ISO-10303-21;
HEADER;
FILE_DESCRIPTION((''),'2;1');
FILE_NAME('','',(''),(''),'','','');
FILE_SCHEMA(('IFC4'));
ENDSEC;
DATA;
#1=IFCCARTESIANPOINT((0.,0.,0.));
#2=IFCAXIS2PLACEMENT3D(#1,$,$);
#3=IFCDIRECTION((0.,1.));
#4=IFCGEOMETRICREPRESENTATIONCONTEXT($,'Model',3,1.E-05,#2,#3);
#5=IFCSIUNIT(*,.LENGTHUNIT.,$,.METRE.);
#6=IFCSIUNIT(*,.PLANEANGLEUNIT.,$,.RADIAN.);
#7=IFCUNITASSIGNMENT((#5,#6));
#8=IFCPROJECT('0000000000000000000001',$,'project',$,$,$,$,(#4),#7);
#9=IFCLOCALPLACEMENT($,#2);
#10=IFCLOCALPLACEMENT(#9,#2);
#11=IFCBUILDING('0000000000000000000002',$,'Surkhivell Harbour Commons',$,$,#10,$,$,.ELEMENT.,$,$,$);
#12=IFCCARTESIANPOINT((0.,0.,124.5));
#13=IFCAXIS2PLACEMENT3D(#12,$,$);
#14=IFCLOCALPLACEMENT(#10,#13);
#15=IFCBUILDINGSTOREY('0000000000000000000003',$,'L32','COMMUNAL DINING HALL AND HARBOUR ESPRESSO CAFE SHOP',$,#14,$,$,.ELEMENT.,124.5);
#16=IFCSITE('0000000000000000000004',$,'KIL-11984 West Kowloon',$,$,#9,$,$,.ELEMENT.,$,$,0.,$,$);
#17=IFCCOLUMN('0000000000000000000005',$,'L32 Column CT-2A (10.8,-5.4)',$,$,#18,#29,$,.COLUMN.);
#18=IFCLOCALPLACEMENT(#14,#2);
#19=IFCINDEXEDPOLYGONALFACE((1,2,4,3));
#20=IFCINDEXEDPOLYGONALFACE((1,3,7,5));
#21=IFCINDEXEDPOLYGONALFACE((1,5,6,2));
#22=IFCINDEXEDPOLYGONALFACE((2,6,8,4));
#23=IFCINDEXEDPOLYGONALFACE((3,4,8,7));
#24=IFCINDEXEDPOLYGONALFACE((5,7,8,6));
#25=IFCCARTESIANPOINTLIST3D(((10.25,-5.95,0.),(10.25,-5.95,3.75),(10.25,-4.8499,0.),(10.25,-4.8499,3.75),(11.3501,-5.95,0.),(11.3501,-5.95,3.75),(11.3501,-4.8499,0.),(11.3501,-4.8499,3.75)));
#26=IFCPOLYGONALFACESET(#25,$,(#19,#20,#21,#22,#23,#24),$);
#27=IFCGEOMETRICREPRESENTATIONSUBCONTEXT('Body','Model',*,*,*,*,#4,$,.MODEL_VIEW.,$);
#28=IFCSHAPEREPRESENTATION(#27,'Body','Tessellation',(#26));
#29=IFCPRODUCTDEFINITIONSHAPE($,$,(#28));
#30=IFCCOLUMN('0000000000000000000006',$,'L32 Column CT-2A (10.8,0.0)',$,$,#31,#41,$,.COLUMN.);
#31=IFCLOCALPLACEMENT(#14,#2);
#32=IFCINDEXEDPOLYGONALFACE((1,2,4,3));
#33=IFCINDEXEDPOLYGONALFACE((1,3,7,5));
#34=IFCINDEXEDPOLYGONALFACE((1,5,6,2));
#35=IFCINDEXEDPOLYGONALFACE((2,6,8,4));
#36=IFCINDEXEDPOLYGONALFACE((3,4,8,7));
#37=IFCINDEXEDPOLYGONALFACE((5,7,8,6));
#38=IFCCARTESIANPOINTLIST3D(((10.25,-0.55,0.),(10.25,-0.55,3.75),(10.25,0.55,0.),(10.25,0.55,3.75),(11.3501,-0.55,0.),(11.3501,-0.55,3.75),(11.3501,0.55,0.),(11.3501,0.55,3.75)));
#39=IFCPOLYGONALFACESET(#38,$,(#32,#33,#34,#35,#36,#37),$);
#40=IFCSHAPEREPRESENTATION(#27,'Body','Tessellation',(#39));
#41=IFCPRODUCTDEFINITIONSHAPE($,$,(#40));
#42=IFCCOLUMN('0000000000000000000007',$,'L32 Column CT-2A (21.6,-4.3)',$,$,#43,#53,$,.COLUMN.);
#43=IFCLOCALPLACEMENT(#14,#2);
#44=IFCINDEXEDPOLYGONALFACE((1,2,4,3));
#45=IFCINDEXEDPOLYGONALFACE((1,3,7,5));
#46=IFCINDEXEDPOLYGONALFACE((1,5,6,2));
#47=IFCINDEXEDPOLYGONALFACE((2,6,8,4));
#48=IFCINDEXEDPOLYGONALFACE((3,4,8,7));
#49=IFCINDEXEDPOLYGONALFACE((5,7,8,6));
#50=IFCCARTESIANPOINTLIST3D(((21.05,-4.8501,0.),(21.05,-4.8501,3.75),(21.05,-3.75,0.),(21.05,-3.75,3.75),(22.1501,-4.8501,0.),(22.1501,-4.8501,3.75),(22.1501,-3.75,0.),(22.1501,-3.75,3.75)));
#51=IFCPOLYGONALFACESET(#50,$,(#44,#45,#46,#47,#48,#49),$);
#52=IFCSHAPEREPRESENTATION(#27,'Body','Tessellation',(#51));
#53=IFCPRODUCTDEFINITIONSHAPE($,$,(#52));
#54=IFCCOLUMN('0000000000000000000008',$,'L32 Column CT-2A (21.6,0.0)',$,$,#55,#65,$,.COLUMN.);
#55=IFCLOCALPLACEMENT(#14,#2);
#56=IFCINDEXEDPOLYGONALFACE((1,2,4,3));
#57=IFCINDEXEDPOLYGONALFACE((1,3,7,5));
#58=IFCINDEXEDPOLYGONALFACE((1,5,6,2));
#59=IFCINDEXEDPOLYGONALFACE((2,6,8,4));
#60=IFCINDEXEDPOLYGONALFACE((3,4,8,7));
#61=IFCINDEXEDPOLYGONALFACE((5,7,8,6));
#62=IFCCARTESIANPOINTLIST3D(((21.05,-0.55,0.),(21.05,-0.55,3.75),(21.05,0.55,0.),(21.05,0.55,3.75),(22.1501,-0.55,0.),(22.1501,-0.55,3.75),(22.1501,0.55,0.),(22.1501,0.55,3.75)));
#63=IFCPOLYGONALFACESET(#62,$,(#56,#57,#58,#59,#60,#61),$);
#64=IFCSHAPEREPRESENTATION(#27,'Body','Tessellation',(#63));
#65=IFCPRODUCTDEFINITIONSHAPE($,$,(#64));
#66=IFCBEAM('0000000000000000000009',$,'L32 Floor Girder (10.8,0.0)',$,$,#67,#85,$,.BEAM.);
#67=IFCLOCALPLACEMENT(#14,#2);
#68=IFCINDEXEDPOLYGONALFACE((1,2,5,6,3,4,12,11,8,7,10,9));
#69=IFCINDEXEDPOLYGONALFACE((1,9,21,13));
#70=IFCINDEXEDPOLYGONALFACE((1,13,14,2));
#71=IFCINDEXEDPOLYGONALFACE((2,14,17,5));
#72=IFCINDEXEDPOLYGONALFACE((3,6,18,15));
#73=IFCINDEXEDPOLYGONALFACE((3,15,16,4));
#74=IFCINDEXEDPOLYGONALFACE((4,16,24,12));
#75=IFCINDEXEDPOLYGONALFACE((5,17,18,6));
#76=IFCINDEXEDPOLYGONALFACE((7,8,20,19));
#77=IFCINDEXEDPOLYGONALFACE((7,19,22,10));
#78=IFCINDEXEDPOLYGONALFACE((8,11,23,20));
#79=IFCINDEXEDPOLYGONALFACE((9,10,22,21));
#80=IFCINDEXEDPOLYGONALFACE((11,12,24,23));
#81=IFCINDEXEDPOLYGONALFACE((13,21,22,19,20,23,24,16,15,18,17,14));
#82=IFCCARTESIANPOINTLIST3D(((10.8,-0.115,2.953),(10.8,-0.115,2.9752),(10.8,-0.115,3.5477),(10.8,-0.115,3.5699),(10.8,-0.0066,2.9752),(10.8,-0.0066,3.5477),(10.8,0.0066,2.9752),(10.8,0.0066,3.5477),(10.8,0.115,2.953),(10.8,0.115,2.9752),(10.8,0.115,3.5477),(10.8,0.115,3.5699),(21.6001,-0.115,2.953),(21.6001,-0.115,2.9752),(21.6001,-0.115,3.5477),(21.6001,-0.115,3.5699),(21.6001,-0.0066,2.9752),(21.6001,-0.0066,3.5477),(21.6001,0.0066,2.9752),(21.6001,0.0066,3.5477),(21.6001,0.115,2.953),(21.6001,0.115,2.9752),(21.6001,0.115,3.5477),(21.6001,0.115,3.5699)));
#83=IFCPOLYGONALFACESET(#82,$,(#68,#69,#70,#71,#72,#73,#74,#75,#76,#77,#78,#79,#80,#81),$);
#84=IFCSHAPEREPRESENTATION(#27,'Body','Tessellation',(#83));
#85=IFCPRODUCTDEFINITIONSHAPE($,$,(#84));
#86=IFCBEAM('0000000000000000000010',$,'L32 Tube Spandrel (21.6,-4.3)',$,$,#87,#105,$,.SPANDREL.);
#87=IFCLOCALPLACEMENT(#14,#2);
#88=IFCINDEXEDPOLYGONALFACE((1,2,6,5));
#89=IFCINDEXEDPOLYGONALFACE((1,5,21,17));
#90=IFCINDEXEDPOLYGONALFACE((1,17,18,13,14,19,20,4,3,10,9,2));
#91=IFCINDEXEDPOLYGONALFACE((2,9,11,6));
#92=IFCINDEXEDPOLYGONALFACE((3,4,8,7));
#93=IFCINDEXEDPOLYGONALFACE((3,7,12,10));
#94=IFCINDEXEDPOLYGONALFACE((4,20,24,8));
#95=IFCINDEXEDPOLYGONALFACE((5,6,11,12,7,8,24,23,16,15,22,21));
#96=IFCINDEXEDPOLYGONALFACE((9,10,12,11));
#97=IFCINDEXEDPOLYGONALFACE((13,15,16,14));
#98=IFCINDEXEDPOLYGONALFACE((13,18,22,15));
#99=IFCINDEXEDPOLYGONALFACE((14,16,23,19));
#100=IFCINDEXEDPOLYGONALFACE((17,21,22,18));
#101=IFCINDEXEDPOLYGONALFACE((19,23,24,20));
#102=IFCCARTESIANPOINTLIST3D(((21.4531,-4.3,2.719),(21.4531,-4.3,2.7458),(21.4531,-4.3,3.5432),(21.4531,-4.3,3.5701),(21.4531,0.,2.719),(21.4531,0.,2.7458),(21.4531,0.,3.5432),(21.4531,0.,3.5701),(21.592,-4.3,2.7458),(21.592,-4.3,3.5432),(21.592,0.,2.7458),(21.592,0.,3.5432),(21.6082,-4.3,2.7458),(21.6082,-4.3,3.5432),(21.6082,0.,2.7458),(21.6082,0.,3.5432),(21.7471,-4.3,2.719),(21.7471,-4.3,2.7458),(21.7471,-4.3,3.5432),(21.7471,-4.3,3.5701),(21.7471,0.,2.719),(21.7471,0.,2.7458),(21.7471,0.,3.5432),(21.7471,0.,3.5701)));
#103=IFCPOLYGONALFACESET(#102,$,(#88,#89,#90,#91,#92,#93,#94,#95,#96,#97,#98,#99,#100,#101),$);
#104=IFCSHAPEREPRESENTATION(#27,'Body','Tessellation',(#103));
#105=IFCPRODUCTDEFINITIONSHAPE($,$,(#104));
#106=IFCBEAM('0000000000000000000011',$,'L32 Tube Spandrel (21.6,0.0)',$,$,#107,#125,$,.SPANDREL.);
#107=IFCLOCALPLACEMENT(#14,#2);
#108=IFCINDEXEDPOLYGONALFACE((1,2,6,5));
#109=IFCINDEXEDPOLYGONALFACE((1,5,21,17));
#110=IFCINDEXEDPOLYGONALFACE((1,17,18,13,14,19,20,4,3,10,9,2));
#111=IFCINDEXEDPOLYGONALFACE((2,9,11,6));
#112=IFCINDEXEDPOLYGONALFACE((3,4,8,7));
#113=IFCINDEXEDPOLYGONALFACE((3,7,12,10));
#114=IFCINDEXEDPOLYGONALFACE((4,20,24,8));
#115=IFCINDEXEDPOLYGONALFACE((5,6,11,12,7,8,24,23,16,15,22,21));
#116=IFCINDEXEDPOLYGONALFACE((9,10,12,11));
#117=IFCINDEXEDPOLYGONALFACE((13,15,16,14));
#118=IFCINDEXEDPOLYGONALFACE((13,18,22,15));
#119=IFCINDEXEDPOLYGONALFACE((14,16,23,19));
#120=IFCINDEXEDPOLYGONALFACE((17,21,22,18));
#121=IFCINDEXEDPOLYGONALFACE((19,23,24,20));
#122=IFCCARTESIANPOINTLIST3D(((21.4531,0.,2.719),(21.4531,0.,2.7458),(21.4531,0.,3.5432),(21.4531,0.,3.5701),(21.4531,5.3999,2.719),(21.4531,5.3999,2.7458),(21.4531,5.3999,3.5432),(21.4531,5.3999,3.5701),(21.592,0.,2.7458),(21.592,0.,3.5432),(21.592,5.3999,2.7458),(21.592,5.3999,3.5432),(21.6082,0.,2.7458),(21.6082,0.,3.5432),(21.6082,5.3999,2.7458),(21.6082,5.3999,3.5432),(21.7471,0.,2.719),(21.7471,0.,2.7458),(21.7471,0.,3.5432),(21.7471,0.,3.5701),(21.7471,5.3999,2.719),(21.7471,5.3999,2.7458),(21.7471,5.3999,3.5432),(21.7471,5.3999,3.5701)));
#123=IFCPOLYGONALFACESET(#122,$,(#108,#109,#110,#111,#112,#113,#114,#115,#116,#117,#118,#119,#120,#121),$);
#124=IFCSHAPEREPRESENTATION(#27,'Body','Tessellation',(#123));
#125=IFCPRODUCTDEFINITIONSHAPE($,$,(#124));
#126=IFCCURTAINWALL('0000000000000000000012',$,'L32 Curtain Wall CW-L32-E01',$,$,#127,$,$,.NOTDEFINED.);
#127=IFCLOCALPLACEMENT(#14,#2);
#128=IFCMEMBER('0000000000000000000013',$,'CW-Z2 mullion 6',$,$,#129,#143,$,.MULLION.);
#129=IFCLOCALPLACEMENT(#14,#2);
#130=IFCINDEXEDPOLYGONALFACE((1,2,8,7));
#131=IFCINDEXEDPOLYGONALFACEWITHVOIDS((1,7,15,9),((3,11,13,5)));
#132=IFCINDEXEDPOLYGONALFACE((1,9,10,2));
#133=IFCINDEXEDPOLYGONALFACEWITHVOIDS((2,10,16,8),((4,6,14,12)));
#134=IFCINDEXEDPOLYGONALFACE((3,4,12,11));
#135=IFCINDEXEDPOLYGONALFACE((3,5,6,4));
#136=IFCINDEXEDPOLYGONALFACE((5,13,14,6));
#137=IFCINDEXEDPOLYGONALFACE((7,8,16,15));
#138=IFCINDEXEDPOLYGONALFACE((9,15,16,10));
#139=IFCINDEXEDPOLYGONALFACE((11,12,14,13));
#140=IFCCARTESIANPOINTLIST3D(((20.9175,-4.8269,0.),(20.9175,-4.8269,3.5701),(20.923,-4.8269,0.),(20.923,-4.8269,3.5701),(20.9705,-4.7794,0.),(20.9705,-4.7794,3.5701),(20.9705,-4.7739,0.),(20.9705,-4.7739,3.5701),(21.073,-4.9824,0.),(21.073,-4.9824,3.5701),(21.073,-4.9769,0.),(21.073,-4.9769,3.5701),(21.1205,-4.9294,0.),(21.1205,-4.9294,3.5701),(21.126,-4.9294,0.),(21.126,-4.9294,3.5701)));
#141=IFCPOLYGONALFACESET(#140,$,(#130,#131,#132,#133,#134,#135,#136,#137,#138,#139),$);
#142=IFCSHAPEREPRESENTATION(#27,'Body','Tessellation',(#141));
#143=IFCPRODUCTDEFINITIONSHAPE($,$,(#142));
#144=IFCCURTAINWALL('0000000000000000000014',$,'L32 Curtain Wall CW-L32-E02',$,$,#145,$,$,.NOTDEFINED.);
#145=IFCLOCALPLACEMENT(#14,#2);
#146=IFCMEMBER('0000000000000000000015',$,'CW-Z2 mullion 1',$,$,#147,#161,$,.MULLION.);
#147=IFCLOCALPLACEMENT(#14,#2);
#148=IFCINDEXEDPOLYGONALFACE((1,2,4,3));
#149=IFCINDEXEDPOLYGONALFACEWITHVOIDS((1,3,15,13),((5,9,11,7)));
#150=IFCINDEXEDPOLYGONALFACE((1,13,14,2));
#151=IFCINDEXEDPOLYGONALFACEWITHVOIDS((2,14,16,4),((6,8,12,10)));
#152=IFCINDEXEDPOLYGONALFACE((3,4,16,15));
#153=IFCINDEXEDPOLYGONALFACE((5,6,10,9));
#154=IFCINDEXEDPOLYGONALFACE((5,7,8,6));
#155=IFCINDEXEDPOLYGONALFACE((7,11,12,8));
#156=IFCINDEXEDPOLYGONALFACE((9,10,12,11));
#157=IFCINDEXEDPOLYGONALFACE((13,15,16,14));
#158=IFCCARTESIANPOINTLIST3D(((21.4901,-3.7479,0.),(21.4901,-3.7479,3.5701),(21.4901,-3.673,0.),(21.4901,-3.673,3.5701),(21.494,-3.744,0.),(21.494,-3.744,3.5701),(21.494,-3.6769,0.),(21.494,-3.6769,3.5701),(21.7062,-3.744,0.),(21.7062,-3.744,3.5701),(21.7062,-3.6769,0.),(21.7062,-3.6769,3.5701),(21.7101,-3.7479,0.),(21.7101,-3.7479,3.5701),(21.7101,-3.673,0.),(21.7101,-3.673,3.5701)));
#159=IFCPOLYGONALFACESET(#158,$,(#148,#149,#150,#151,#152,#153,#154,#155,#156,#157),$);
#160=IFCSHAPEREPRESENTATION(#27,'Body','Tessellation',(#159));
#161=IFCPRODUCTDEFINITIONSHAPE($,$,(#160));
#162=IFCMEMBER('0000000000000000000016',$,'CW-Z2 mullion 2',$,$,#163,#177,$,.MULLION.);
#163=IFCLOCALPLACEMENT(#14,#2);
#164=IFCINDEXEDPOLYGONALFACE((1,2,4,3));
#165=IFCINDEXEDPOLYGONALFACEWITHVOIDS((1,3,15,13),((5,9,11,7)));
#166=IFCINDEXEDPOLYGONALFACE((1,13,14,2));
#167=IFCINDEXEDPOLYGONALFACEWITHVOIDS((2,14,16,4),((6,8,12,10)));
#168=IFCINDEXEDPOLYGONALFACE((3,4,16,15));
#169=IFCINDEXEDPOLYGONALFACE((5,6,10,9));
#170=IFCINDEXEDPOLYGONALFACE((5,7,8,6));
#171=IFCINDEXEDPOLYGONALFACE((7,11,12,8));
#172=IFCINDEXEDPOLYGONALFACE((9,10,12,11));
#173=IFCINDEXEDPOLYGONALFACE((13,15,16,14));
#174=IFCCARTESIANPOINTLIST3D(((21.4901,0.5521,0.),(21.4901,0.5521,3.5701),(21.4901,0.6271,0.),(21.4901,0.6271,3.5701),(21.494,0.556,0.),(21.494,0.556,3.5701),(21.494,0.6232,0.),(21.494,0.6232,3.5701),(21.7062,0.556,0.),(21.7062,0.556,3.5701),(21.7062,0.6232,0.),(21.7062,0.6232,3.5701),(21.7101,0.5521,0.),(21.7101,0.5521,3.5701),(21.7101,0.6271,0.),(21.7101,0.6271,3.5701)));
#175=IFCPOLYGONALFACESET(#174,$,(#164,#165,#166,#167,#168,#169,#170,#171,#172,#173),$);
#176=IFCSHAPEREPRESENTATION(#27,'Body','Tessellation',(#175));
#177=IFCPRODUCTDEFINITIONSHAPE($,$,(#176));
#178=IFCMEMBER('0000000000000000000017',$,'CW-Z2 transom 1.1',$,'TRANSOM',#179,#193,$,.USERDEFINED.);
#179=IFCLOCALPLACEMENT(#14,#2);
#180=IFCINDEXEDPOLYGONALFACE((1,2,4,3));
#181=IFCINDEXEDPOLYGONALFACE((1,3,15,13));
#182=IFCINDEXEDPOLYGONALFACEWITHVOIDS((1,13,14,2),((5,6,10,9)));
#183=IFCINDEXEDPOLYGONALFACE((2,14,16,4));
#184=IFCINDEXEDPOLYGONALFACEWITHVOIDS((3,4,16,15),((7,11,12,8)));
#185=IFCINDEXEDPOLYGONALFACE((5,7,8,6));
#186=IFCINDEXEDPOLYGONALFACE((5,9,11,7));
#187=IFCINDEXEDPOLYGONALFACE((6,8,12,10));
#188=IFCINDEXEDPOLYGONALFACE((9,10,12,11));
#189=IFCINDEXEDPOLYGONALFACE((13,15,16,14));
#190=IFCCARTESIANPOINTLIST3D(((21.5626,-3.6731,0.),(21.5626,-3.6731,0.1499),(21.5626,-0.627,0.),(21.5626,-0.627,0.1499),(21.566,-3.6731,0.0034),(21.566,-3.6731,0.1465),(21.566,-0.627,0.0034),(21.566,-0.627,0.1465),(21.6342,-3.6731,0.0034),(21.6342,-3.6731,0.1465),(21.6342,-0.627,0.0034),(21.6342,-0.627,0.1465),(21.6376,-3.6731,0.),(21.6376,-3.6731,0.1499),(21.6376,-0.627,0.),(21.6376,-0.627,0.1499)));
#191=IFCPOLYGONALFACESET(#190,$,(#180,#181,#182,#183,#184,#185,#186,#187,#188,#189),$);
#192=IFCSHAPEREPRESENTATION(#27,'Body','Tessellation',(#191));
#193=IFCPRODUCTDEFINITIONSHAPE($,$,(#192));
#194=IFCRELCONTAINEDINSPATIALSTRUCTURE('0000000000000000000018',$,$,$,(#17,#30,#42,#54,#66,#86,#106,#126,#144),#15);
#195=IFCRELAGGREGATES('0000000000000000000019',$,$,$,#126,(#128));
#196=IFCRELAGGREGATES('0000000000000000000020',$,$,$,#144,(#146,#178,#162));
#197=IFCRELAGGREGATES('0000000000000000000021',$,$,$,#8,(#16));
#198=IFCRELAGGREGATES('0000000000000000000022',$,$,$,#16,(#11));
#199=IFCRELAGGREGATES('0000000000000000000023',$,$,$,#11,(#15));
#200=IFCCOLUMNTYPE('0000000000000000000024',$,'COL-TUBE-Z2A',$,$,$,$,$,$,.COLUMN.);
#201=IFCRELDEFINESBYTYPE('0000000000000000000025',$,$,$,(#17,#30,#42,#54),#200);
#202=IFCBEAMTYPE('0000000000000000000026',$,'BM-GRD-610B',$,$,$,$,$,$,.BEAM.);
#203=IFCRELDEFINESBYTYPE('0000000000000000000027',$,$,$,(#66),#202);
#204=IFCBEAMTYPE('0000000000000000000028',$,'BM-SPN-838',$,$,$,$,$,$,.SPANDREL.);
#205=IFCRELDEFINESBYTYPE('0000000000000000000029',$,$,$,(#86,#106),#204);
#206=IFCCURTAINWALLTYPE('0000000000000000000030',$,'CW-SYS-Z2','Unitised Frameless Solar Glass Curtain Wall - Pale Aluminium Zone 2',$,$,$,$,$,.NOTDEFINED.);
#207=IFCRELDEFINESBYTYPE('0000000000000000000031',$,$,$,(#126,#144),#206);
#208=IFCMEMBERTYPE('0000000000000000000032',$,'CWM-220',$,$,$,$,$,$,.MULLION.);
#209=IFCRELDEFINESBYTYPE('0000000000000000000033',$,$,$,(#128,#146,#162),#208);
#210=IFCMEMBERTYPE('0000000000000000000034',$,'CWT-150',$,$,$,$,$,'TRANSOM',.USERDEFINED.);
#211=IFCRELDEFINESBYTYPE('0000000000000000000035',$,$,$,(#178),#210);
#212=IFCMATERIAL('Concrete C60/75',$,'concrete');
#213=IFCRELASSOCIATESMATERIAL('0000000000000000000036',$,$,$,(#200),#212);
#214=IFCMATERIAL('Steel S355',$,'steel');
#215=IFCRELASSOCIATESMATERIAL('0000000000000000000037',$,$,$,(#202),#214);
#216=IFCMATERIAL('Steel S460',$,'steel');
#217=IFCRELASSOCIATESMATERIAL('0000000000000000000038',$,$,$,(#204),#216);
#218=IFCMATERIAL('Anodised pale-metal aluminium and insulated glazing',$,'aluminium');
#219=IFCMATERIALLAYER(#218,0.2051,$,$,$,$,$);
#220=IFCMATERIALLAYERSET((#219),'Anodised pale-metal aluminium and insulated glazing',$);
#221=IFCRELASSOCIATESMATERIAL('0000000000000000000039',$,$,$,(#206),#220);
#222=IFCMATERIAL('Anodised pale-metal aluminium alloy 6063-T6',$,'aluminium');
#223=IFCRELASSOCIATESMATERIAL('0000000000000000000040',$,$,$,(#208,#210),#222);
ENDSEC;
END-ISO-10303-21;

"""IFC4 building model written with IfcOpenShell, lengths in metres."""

from ifc_helpers import new_model, si_unit, direction, frame, origin, origin_2d, place, context, subcontext, project, spatial, rectangle, hollow_rectangle, i_section, extrude, material, layer, layer_set, material_profile, profile_set, type_object, element, aggregate, save


model = new_model("IFC4")

# Units and contexts
model_context = context("Model", 3, precision=1e-05, world=origin(), true_north=direction((0.0, 1.0)))
body_context = subcontext(model_context, "Body", "Model", "MODEL_VIEW")
ifc_project = project(units=[si_unit("LENGTHUNIT", "METRE"), si_unit("PLANEANGLEUNIT", "RADIAN")], contexts=[model_context])

# Site, building, storey
site_placement = place(None, origin())
site = spatial("IfcSite", under=ifc_project, at=site_placement, Name="KIL-11984 West Kowloon", CompositionType="ELEMENT", RefElevation=0.0)
building_placement = place(site_placement, origin())
building = spatial("IfcBuilding", under=site, at=building_placement, Name="Surkhivell Harbour Commons", CompositionType="ELEMENT")
storey_placement = place(building_placement, frame((0.0, 0.0, 124.5)))
storey = spatial("IfcBuildingStorey", under=building, at=storey_placement, Name="L32", Description="COMMUNAL DINING HALL AND HARBOUR ESPRESSO CAFE SHOP", CompositionType="ELEMENT", Elevation=124.5)

# Columns
ifc_material_1 = material(Name="Concrete C60/75", Category="concrete")
ifc_material_profile_1 = material_profile(ifc_material_1, rectangle(XDim=1.1001, YDim=1.1001, at=origin_2d()), Name="RC-COL-1100x1100")
ifc_profile_set_1 = profile_set([ifc_material_profile_1], Name="Concrete C60/75")
column_type = type_object("IfcColumnType", Name="COL-TUBE-Z2A", PredefinedType="COLUMN", material=ifc_profile_set_1)
for number, where, z_axis, x_axis, name in (
    (1, (10.8, -5.3999, 0.0), (0.0, 0.0, 1.0), (1.0, 0.0, 0.0), "L32 Column CT-2A (10.8,-5.4)"),
    (2, (10.8, 0.0, 0.0), (0.0, 0.0, 1.0), (1.0, 0.0, 0.0), "L32 Column CT-2A (10.8,0.0)"),
    (3, (21.6001, -4.3, 0.0), (0.0, 0.0, 1.0), (1.0, 0.0, 0.0), "L32 Column CT-2A (21.6,-4.3)"),
    (4, (21.6001, 0.0, 0.0), (0.0, 0.0, 1.0), (1.0, 0.0, 0.0), "L32 Column CT-2A (21.6,0.0)"),
):
    element("IfcColumn", number, at=place(storey_placement, frame(where, z_axis=z_axis, x_axis=x_axis)), inside=storey, type_object=column_type, Name=name, PredefinedType="COLUMN", context=body_context, shape_type="SweptSolid", body=[
        extrude(rectangle(XDim=1.1001, YDim=1.1001, at=origin_2d()), origin(), (0.0, 0.0, 1.0), 3.75),
    ])

# Beams
ifc_material_2 = material(Name="Steel S355", Category="steel")
ifc_material_profile_2 = material_profile(ifc_material_2, i_section(OverallWidth=0.23, OverallDepth=0.6169, WebThickness=0.0132, FlangeThickness=0.0222, at=origin_2d()), Name="UB610x229x140")
ifc_profile_set_2 = profile_set([ifc_material_profile_2], Name="Steel S355")
beam_type_1 = type_object("IfcBeamType", Name="BM-GRD-610B", PredefinedType="BEAM", material=ifc_profile_set_2)
beam_1_placement = place(storey_placement, frame((10.8, 0.0, 3.2615), z_axis=(1.0, 0.0, 0.0), x_axis=(0.0, 1.0, 0.0)))
element("IfcBeam", 5, at=beam_1_placement, inside=storey, type_object=beam_type_1, Name="L32 Floor Girder (10.8,0.0)", PredefinedType="BEAM", context=body_context, shape_type="SweptSolid", body=[
    extrude(i_section(OverallWidth=0.23, OverallDepth=0.6169, WebThickness=0.0132, FlangeThickness=0.0222, at=origin_2d()), origin(), (0.0, 0.0, 1.0), 10.8),
])
ifc_material_3 = material(Name="Steel S460", Category="steel")
ifc_material_profile_3 = material_profile(ifc_material_3, i_section(OverallWidth=0.2939, OverallDepth=0.8511, WebThickness=0.0161, FlangeThickness=0.0269, at=origin_2d()), Name="UB838x292x226")
ifc_profile_set_3 = profile_set([ifc_material_profile_3], Name="Steel S460")
beam_type_2 = type_object("IfcBeamType", Name="BM-SPN-838", PredefinedType="SPANDREL", material=ifc_profile_set_3)
beam_2_placement = place(storey_placement, frame((21.6001, -4.3, 3.1445), z_axis=(0.0, 1.0, 0.0), x_axis=(-1.0, 0.0, 0.0)))
element("IfcBeam", 6, at=beam_2_placement, inside=storey, type_object=beam_type_2, Name="L32 Tube Spandrel (21.6,-4.3)", PredefinedType="SPANDREL", context=body_context, shape_type="SweptSolid", body=[
    extrude(i_section(OverallWidth=0.2939, OverallDepth=0.8511, WebThickness=0.0161, FlangeThickness=0.0269, at=origin_2d()), origin(), (0.0, 0.0, 1.0), 4.3),
])
beam_3_placement = place(storey_placement, frame((21.6001, 0.0, 3.1445), z_axis=(0.0, 1.0, 0.0), x_axis=(-1.0, 0.0, 0.0)))
element("IfcBeam", 7, at=beam_3_placement, inside=storey, type_object=beam_type_2, Name="L32 Tube Spandrel (21.6,0.0)", PredefinedType="SPANDREL", context=body_context, shape_type="SweptSolid", body=[
    extrude(i_section(OverallWidth=0.2939, OverallDepth=0.8511, WebThickness=0.0161, FlangeThickness=0.0269, at=origin_2d()), origin(), (0.0, 0.0, 1.0), 5.3999),
])

# Curtain wall, member
ifc_material_4 = material(Name="Anodised pale-metal aluminium and insulated glazing", Category="aluminium")
ifc_layer_1 = layer(ifc_material_4, 0.2051)
ifc_layer_set_1 = layer_set([ifc_layer_1], Name="Anodised pale-metal aluminium and insulated glazing")
curtain_wall_type = type_object("IfcCurtainWallType", Name="CW-SYS-Z2", Description="Unitised Frameless Solar Glass Curtain Wall - Pale Aluminium Zone 2", PredefinedType="NOTDEFINED", material=ifc_layer_set_1)
curtain_wall_1_placement = place(storey_placement, origin())
curtain_wall_1 = element("IfcCurtainWall", 8, at=curtain_wall_1_placement, inside=storey, type_object=curtain_wall_type, Name="L32 Curtain Wall CW-L32-E01", PredefinedType="NOTDEFINED")
ifc_material_5 = material(Name="Anodised pale-metal aluminium alloy 6063-T6", Category="aluminium")
ifc_material_profile_4 = material_profile(ifc_material_5, hollow_rectangle(XDim=0.075, YDim=0.22, WallThickness=0.0039, at=origin_2d()), Name="ALU-MULL-75x220")
ifc_profile_set_4 = profile_set([ifc_material_profile_4], Name="Anodised pale-metal aluminium alloy 6063-T6")
member_type_1 = type_object("IfcMemberType", Name="CWM-220", PredefinedType="MULLION", material=ifc_profile_set_4)
member_1_placement = place(storey_placement, frame((21.0217, -4.8782, 0.0), z_axis=(0.0, 0.0, 1.0), x_axis=(0.707107, 0.707107, 0.0)))
member_1 = element("IfcMember", 9, at=member_1_placement, type_object=member_type_1, Name="CW-Z2 mullion 6", PredefinedType="MULLION", context=body_context, shape_type="SweptSolid", body=[
    extrude(hollow_rectangle(XDim=0.075, YDim=0.22, WallThickness=0.0039, at=origin_2d()), origin(), (0.0, 0.0, 1.0), 3.5701),
])
aggregate(curtain_wall_1, [member_1])

# Curtain wall, members
curtain_wall_2_placement = place(storey_placement, origin())
curtain_wall_2 = element("IfcCurtainWall", 10, at=curtain_wall_2_placement, inside=storey, type_object=curtain_wall_type, Name="L32 Curtain Wall CW-L32-E02", PredefinedType="NOTDEFINED")
member_2_placement = place(storey_placement, frame((21.6001, -3.7104, 0.0), z_axis=(0.0, 0.0, 1.0), x_axis=(0.0, 1.0, 0.0)))
member_2 = element("IfcMember", 11, at=member_2_placement, type_object=member_type_1, Name="CW-Z2 mullion 1", PredefinedType="MULLION", context=body_context, shape_type="SweptSolid", body=[
    extrude(hollow_rectangle(XDim=0.075, YDim=0.22, WallThickness=0.0039, at=origin_2d()), origin(), (0.0, 0.0, 1.0), 3.5701),
])
member_3_placement = place(storey_placement, frame((21.6001, 0.5896, 0.0), z_axis=(0.0, 0.0, 1.0), x_axis=(0.0, 1.0, 0.0)))
member_3 = element("IfcMember", 12, at=member_3_placement, type_object=member_type_1, Name="CW-Z2 mullion 2", PredefinedType="MULLION", context=body_context, shape_type="SweptSolid", body=[
    extrude(hollow_rectangle(XDim=0.075, YDim=0.22, WallThickness=0.0039, at=origin_2d()), origin(), (0.0, 0.0, 1.0), 3.5701),
])
ifc_material_profile_5 = material_profile(ifc_material_5, hollow_rectangle(XDim=0.075, YDim=0.1499, WallThickness=0.0034, at=origin_2d()), Name="ALU-TRAN-75x150")
ifc_profile_set_5 = profile_set([ifc_material_profile_5], Name="Anodised pale-metal aluminium alloy 6063-T6")
member_type_2 = type_object("IfcMemberType", Name="CWT-150", ElementType="TRANSOM", PredefinedType="USERDEFINED", material=ifc_profile_set_5)
member_4_placement = place(storey_placement, frame((21.6001, -3.6731, 0.075), z_axis=(0.0, 1.0, 0.0), x_axis=(-1.0, 0.0, 0.0)))
member_4 = element("IfcMember", 13, at=member_4_placement, type_object=member_type_2, Name="CW-Z2 transom 1.1", ObjectType="TRANSOM", PredefinedType="USERDEFINED", context=body_context, shape_type="SweptSolid", body=[
    extrude(hollow_rectangle(XDim=0.075, YDim=0.1499, WallThickness=0.0034, at=origin_2d()), origin(), (0.0, 0.0, 1.0), 3.0461),
])
aggregate(curtain_wall_2, [member_2, member_4, member_3])

save(model, "model.ifc")
